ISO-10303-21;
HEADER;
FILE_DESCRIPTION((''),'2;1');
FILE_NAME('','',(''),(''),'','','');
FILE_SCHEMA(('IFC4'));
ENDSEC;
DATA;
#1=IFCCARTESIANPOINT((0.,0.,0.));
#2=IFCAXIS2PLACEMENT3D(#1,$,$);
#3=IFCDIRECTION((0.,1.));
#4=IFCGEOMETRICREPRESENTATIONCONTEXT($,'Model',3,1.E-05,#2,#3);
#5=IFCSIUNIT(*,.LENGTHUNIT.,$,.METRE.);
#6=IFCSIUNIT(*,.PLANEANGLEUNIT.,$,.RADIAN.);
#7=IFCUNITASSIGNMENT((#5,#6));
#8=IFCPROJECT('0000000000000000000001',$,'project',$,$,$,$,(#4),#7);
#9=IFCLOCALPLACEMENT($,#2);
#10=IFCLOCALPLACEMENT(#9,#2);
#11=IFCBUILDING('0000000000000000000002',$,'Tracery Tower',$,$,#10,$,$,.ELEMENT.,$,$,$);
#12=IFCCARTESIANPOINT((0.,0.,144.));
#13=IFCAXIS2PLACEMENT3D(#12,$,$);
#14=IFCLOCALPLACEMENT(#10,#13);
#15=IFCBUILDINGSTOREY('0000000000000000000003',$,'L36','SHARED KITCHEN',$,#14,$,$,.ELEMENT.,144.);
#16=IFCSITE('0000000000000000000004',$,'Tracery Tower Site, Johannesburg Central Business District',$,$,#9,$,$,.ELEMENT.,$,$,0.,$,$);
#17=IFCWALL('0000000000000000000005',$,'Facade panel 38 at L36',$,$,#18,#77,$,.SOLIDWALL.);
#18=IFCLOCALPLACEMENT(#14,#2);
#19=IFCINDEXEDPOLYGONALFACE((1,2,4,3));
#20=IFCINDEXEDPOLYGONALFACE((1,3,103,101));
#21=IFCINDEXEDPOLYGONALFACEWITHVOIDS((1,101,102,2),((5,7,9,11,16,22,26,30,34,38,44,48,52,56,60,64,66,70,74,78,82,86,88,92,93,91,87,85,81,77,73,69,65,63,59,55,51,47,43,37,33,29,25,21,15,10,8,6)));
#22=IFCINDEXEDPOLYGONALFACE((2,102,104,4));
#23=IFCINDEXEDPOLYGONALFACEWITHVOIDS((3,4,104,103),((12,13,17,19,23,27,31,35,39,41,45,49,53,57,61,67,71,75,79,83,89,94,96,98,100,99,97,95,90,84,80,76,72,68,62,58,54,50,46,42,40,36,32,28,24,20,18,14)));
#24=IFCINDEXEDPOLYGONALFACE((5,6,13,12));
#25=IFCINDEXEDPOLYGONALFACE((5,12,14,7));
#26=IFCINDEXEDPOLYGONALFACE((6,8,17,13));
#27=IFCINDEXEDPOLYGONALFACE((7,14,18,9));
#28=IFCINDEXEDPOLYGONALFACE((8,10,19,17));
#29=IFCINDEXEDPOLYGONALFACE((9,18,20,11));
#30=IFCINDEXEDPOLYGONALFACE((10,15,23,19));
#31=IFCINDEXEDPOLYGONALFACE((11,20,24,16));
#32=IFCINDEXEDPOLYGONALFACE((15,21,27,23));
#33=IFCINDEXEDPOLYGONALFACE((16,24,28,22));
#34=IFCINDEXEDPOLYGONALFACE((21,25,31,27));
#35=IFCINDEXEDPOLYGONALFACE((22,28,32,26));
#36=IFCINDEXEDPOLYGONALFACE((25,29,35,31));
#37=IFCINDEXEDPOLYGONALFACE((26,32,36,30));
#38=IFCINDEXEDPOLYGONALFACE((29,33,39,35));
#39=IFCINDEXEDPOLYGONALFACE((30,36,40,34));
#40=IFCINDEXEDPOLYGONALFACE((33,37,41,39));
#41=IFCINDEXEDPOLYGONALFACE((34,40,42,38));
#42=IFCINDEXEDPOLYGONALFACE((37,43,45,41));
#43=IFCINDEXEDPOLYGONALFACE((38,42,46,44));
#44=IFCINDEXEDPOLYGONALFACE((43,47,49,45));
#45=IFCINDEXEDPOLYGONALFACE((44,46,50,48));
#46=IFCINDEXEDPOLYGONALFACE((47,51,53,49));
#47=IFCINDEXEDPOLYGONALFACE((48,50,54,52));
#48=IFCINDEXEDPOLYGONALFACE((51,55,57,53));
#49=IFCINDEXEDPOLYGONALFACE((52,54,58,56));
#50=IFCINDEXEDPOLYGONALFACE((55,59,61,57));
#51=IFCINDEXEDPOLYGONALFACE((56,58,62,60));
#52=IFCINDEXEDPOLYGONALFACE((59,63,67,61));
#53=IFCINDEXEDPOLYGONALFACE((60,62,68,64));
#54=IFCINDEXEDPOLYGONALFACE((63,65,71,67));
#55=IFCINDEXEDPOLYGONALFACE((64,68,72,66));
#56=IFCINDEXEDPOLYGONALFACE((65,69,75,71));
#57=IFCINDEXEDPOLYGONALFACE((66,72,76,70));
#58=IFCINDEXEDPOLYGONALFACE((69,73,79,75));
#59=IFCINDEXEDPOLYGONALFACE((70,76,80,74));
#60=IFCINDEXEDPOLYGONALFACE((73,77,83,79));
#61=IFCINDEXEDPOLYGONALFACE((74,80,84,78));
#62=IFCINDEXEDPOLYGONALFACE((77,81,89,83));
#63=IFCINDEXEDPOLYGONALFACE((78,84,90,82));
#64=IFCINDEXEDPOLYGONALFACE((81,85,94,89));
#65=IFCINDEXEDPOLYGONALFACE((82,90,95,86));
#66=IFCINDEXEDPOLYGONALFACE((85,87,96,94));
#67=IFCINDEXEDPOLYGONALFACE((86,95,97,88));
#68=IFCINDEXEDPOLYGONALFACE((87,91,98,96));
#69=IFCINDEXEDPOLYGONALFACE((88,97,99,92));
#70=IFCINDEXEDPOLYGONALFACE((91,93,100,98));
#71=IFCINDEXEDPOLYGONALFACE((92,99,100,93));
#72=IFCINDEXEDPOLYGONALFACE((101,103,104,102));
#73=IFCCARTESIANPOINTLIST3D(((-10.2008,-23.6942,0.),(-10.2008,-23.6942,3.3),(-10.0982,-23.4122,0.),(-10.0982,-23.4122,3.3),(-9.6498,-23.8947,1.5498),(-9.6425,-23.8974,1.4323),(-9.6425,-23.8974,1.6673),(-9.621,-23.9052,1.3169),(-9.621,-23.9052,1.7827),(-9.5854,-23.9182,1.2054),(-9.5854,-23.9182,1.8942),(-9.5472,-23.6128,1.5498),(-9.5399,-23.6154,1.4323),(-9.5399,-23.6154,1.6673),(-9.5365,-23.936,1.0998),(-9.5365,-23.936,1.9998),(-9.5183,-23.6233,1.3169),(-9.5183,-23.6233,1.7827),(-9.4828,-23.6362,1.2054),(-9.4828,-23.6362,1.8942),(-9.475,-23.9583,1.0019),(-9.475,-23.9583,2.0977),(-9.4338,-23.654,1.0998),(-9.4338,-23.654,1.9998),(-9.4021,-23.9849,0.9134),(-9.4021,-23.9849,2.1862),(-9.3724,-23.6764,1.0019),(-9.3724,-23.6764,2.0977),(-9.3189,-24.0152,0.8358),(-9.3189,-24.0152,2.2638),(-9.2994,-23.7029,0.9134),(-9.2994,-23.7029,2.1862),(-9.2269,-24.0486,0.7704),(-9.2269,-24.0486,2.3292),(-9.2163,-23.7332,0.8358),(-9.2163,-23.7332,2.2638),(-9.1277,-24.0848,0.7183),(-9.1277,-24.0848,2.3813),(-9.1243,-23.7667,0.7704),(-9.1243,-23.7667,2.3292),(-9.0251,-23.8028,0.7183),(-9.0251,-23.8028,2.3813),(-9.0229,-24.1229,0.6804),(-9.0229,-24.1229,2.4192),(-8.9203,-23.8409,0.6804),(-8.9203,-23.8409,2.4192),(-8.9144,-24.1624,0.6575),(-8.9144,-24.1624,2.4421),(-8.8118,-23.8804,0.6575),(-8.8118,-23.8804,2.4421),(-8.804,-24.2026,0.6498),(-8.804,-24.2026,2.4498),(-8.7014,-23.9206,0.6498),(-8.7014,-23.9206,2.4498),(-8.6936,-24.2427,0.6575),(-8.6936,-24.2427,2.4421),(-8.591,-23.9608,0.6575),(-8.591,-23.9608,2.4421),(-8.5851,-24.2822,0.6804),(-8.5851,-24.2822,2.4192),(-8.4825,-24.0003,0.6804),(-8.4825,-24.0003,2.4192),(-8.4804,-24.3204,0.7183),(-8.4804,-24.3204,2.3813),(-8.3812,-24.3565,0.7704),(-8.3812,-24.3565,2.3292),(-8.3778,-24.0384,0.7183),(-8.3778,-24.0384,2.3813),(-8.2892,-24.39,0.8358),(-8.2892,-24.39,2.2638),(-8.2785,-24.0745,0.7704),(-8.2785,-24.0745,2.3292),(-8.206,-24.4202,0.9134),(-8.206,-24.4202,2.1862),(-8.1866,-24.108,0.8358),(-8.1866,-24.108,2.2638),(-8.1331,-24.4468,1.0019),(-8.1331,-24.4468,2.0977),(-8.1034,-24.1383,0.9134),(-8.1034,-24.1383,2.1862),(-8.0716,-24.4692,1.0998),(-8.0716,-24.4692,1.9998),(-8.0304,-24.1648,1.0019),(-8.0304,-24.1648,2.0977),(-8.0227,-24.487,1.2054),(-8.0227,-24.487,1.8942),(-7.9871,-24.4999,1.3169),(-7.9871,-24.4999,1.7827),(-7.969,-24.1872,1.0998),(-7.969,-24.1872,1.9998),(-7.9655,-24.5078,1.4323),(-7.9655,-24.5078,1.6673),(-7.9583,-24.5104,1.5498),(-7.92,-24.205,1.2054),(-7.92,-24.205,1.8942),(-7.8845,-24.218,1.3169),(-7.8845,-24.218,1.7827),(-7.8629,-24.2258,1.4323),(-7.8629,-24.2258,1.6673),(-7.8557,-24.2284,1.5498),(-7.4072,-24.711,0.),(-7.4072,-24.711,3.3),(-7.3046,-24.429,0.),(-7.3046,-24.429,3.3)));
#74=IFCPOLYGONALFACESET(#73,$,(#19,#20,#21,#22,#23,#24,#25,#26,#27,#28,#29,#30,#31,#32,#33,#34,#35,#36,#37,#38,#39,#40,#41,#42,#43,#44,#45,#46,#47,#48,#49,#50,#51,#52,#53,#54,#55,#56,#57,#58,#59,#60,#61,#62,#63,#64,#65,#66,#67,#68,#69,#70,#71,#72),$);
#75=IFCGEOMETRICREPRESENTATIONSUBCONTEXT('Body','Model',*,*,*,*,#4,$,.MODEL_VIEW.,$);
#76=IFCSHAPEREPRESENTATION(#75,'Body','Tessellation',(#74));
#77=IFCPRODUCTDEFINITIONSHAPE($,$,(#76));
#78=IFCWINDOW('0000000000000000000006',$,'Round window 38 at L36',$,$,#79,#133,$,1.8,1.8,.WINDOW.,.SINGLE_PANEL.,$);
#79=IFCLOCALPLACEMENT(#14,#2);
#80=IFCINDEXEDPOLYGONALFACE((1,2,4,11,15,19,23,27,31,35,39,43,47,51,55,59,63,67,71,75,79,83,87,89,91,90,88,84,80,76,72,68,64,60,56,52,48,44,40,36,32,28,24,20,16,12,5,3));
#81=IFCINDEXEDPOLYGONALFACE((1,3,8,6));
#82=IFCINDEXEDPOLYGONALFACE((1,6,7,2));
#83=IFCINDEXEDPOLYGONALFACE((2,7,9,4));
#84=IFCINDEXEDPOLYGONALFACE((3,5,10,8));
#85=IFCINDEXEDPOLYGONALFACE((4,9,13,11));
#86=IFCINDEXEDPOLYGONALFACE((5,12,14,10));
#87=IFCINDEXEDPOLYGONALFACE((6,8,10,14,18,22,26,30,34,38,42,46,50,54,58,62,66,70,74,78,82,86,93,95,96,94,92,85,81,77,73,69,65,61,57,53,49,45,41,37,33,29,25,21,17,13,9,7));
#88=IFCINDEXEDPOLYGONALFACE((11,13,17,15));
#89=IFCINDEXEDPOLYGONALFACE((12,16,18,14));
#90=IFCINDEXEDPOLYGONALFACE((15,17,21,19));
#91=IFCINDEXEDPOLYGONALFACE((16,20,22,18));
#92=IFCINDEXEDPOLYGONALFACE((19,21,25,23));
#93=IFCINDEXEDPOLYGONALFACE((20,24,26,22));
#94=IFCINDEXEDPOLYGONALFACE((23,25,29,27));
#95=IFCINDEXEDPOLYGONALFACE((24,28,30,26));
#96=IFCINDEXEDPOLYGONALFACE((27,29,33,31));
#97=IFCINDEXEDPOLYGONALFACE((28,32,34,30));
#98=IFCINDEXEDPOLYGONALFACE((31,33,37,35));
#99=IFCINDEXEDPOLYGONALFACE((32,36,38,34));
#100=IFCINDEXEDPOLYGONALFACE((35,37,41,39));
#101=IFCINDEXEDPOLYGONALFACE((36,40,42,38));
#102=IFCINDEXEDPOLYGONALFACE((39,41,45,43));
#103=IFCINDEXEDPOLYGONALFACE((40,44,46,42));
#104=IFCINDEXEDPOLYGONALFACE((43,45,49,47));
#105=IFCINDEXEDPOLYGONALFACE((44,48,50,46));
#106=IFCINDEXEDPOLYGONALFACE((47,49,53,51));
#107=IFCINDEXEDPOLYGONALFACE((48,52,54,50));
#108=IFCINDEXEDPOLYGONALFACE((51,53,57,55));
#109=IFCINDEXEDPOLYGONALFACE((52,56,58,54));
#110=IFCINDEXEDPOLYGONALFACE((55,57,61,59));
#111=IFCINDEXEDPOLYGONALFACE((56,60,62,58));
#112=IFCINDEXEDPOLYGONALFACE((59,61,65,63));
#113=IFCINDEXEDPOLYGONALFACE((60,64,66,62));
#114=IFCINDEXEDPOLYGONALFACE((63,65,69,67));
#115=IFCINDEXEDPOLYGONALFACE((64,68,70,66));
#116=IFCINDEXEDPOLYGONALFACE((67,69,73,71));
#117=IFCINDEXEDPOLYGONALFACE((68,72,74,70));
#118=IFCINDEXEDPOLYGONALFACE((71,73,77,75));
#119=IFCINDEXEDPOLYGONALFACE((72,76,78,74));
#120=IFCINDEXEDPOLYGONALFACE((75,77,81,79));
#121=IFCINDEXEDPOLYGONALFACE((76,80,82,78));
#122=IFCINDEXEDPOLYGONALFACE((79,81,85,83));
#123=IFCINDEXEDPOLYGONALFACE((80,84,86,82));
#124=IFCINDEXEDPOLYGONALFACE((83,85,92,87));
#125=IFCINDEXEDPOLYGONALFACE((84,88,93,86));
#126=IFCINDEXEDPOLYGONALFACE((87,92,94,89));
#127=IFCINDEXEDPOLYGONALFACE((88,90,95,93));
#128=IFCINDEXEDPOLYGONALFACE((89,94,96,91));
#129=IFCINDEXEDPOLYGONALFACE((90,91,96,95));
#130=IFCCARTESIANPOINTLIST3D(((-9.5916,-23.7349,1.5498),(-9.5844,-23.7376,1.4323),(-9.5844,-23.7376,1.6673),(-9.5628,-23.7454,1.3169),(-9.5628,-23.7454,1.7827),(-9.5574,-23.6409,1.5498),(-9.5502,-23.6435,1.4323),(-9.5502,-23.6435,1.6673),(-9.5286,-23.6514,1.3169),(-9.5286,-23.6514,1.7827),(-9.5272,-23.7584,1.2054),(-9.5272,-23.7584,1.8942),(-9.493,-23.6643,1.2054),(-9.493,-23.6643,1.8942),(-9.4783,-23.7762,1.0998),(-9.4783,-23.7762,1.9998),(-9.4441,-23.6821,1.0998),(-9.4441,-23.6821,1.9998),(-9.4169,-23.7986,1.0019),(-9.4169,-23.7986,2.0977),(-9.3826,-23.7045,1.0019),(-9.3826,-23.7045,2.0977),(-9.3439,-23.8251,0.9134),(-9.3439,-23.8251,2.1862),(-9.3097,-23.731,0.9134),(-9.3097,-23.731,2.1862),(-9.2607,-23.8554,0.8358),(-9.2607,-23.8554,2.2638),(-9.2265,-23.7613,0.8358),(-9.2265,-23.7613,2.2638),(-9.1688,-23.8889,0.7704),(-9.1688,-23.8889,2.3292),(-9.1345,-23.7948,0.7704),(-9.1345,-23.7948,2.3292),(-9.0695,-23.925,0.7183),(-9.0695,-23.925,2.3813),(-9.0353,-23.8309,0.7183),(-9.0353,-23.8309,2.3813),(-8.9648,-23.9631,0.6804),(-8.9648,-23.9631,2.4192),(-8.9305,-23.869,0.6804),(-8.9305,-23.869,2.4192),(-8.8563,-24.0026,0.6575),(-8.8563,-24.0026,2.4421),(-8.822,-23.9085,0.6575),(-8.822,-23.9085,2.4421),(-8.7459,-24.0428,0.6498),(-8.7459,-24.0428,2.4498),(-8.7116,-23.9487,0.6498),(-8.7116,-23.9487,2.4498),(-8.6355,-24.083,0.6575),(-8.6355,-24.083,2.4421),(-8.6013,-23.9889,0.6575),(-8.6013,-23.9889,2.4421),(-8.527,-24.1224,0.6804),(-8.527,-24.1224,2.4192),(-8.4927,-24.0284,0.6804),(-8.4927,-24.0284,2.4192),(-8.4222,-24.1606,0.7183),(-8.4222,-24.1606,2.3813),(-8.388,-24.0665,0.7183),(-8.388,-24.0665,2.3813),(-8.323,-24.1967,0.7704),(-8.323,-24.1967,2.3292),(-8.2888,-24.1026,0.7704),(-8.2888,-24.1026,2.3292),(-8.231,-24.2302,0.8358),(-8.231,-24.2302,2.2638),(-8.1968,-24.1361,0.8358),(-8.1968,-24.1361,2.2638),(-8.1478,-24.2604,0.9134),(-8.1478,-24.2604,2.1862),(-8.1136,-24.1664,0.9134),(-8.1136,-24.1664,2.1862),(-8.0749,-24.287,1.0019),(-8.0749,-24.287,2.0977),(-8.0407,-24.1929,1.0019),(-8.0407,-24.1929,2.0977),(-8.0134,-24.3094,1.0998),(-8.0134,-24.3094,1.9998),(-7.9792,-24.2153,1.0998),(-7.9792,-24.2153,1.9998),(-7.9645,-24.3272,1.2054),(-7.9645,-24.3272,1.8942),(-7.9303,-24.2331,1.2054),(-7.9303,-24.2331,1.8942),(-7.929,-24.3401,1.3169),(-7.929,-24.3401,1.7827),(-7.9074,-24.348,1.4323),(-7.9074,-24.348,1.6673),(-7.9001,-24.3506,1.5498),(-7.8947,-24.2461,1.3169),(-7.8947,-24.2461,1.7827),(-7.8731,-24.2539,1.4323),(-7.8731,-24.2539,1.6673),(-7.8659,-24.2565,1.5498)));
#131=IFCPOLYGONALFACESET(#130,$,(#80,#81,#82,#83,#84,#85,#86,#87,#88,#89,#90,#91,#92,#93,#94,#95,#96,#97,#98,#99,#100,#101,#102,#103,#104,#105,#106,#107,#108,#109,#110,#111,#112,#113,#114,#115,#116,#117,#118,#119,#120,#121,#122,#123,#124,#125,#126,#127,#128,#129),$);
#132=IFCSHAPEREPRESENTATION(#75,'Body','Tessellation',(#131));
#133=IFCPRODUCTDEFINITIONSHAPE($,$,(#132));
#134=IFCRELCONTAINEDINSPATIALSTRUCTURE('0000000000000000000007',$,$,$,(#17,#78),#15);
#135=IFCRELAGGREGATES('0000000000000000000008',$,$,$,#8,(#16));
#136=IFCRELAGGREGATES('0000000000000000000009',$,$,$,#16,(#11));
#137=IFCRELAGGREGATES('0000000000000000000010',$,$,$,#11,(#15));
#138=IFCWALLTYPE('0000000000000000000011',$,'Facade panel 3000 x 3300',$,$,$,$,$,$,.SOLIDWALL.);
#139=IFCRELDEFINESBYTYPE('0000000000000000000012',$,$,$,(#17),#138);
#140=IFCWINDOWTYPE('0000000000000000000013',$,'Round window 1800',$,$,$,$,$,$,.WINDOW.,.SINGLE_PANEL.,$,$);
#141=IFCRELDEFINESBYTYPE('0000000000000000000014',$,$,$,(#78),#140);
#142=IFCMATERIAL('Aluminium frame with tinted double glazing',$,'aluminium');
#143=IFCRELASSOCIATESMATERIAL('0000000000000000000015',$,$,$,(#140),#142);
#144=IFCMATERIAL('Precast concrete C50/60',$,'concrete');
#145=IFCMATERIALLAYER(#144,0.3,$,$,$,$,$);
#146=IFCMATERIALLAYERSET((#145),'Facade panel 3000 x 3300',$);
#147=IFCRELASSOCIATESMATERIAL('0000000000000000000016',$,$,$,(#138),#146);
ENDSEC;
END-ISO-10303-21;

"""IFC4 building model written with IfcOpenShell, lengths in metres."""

from ifc_helpers import new_model, si_unit, direction, frame, frame_2d, origin, origin_2d, place, context, subcontext, project, spatial, rectangle, circle, extrude, material, layer, layer_set, type_object, element, fill, save


model = new_model("IFC4")

# Units and contexts
model_context = context("Model", 3, precision=1e-05, world=origin(), true_north=direction((0.0, 1.0)))
body_context = subcontext(model_context, "Body", "Model", "MODEL_VIEW")
ifc_project = project(units=[si_unit("LENGTHUNIT", "METRE"), si_unit("PLANEANGLEUNIT", "RADIAN")], contexts=[model_context])

# Site, building, storey
site_placement = place(None, origin())
site = spatial("IfcSite", under=ifc_project, at=site_placement, Name="Tracery Tower Site, Johannesburg Central Business District", CompositionType="ELEMENT", RefElevation=0.0)
building_placement = place(site_placement, origin())
building = spatial("IfcBuilding", under=site, at=building_placement, Name="Tracery Tower", CompositionType="ELEMENT")
storey_placement = place(building_placement, frame((0.0, 0.0, 144.0)))
storey = spatial("IfcBuildingStorey", under=building, at=storey_placement, Name="L36", Description="SHARED KITCHEN", CompositionType="ELEMENT", Elevation=144.0)

# Wall, opening, window
ifc_material_1 = material(Name="Aluminium frame with tinted double glazing", Category="aluminium")
window_type = type_object("IfcWindowType", Name="Round window 1800", PartitioningType="SINGLE_PANEL", PredefinedType="WINDOW", material=ifc_material_1)
ifc_material_2 = material(Name="Precast concrete C50/60", Category="concrete")
ifc_layer_1 = layer(ifc_material_2, 0.3)
ifc_layer_set_1 = layer_set([ifc_layer_1], Name="Facade panel 3000 x 3300")
wall_type_1 = type_object("IfcWallType", Name="Facade panel 3000 x 3300", PredefinedType="SOLIDWALL", material=ifc_layer_set_1)
wall_1_placement = place(storey_placement, frame((-10.1494, -23.5532, 0.0), z_axis=(0.0, 0.0, 1.0), x_axis=(0.93969, -0.342027, 0.0)))
wall_1 = element("IfcWall", 1, at=wall_1_placement, inside=storey, type_object=wall_type_1, Name="Facade panel 38 at L36", PredefinedType="SOLIDWALL", context=body_context, shape_type="SweptSolid", body=[
    extrude(rectangle(XDim=2.9729, YDim=0.3, at=frame_2d((1.4863, 0.0))), origin(), (0.0, 0.0, 1.0), 3.3),
])
opening_1_placement = place(wall_1_placement, frame((1.4863, 0.0, 1.5498)))
opening_1 = element("IfcOpeningElement", 2, at=opening_1_placement, cuts=wall_1, PredefinedType="OPENING", context=body_context, shape_type="SweptSolid", body=[
    extrude(circle(Radius=0.9, at=origin_2d()), frame((0.0, 0.1599, 0.0), z_axis=(0.0, -1.0, 0.0), x_axis=(1.0, 0.0, 0.0)), (0.0, 0.0, 1.0), 0.3201),
])
window_1_placement = place(opening_1_placement, origin())
window_1 = element("IfcWindow", 3, at=window_1_placement, inside=storey, type_object=window_type, Name="Round window 38 at L36", OverallHeight=1.8, OverallWidth=1.8, PartitioningType="SINGLE_PANEL", PredefinedType="WINDOW", context=body_context, shape_type="SweptSolid", body=[
    extrude(circle(Radius=0.9, at=origin_2d()), frame((0.0, 0.1201, 0.0), z_axis=(0.0, -1.0, 0.0), x_axis=(1.0, 0.0, 0.0)), (0.0, 0.0, 1.0), 0.1001),
])
fill(opening_1, window_1)

save(model, "model.ifc")
